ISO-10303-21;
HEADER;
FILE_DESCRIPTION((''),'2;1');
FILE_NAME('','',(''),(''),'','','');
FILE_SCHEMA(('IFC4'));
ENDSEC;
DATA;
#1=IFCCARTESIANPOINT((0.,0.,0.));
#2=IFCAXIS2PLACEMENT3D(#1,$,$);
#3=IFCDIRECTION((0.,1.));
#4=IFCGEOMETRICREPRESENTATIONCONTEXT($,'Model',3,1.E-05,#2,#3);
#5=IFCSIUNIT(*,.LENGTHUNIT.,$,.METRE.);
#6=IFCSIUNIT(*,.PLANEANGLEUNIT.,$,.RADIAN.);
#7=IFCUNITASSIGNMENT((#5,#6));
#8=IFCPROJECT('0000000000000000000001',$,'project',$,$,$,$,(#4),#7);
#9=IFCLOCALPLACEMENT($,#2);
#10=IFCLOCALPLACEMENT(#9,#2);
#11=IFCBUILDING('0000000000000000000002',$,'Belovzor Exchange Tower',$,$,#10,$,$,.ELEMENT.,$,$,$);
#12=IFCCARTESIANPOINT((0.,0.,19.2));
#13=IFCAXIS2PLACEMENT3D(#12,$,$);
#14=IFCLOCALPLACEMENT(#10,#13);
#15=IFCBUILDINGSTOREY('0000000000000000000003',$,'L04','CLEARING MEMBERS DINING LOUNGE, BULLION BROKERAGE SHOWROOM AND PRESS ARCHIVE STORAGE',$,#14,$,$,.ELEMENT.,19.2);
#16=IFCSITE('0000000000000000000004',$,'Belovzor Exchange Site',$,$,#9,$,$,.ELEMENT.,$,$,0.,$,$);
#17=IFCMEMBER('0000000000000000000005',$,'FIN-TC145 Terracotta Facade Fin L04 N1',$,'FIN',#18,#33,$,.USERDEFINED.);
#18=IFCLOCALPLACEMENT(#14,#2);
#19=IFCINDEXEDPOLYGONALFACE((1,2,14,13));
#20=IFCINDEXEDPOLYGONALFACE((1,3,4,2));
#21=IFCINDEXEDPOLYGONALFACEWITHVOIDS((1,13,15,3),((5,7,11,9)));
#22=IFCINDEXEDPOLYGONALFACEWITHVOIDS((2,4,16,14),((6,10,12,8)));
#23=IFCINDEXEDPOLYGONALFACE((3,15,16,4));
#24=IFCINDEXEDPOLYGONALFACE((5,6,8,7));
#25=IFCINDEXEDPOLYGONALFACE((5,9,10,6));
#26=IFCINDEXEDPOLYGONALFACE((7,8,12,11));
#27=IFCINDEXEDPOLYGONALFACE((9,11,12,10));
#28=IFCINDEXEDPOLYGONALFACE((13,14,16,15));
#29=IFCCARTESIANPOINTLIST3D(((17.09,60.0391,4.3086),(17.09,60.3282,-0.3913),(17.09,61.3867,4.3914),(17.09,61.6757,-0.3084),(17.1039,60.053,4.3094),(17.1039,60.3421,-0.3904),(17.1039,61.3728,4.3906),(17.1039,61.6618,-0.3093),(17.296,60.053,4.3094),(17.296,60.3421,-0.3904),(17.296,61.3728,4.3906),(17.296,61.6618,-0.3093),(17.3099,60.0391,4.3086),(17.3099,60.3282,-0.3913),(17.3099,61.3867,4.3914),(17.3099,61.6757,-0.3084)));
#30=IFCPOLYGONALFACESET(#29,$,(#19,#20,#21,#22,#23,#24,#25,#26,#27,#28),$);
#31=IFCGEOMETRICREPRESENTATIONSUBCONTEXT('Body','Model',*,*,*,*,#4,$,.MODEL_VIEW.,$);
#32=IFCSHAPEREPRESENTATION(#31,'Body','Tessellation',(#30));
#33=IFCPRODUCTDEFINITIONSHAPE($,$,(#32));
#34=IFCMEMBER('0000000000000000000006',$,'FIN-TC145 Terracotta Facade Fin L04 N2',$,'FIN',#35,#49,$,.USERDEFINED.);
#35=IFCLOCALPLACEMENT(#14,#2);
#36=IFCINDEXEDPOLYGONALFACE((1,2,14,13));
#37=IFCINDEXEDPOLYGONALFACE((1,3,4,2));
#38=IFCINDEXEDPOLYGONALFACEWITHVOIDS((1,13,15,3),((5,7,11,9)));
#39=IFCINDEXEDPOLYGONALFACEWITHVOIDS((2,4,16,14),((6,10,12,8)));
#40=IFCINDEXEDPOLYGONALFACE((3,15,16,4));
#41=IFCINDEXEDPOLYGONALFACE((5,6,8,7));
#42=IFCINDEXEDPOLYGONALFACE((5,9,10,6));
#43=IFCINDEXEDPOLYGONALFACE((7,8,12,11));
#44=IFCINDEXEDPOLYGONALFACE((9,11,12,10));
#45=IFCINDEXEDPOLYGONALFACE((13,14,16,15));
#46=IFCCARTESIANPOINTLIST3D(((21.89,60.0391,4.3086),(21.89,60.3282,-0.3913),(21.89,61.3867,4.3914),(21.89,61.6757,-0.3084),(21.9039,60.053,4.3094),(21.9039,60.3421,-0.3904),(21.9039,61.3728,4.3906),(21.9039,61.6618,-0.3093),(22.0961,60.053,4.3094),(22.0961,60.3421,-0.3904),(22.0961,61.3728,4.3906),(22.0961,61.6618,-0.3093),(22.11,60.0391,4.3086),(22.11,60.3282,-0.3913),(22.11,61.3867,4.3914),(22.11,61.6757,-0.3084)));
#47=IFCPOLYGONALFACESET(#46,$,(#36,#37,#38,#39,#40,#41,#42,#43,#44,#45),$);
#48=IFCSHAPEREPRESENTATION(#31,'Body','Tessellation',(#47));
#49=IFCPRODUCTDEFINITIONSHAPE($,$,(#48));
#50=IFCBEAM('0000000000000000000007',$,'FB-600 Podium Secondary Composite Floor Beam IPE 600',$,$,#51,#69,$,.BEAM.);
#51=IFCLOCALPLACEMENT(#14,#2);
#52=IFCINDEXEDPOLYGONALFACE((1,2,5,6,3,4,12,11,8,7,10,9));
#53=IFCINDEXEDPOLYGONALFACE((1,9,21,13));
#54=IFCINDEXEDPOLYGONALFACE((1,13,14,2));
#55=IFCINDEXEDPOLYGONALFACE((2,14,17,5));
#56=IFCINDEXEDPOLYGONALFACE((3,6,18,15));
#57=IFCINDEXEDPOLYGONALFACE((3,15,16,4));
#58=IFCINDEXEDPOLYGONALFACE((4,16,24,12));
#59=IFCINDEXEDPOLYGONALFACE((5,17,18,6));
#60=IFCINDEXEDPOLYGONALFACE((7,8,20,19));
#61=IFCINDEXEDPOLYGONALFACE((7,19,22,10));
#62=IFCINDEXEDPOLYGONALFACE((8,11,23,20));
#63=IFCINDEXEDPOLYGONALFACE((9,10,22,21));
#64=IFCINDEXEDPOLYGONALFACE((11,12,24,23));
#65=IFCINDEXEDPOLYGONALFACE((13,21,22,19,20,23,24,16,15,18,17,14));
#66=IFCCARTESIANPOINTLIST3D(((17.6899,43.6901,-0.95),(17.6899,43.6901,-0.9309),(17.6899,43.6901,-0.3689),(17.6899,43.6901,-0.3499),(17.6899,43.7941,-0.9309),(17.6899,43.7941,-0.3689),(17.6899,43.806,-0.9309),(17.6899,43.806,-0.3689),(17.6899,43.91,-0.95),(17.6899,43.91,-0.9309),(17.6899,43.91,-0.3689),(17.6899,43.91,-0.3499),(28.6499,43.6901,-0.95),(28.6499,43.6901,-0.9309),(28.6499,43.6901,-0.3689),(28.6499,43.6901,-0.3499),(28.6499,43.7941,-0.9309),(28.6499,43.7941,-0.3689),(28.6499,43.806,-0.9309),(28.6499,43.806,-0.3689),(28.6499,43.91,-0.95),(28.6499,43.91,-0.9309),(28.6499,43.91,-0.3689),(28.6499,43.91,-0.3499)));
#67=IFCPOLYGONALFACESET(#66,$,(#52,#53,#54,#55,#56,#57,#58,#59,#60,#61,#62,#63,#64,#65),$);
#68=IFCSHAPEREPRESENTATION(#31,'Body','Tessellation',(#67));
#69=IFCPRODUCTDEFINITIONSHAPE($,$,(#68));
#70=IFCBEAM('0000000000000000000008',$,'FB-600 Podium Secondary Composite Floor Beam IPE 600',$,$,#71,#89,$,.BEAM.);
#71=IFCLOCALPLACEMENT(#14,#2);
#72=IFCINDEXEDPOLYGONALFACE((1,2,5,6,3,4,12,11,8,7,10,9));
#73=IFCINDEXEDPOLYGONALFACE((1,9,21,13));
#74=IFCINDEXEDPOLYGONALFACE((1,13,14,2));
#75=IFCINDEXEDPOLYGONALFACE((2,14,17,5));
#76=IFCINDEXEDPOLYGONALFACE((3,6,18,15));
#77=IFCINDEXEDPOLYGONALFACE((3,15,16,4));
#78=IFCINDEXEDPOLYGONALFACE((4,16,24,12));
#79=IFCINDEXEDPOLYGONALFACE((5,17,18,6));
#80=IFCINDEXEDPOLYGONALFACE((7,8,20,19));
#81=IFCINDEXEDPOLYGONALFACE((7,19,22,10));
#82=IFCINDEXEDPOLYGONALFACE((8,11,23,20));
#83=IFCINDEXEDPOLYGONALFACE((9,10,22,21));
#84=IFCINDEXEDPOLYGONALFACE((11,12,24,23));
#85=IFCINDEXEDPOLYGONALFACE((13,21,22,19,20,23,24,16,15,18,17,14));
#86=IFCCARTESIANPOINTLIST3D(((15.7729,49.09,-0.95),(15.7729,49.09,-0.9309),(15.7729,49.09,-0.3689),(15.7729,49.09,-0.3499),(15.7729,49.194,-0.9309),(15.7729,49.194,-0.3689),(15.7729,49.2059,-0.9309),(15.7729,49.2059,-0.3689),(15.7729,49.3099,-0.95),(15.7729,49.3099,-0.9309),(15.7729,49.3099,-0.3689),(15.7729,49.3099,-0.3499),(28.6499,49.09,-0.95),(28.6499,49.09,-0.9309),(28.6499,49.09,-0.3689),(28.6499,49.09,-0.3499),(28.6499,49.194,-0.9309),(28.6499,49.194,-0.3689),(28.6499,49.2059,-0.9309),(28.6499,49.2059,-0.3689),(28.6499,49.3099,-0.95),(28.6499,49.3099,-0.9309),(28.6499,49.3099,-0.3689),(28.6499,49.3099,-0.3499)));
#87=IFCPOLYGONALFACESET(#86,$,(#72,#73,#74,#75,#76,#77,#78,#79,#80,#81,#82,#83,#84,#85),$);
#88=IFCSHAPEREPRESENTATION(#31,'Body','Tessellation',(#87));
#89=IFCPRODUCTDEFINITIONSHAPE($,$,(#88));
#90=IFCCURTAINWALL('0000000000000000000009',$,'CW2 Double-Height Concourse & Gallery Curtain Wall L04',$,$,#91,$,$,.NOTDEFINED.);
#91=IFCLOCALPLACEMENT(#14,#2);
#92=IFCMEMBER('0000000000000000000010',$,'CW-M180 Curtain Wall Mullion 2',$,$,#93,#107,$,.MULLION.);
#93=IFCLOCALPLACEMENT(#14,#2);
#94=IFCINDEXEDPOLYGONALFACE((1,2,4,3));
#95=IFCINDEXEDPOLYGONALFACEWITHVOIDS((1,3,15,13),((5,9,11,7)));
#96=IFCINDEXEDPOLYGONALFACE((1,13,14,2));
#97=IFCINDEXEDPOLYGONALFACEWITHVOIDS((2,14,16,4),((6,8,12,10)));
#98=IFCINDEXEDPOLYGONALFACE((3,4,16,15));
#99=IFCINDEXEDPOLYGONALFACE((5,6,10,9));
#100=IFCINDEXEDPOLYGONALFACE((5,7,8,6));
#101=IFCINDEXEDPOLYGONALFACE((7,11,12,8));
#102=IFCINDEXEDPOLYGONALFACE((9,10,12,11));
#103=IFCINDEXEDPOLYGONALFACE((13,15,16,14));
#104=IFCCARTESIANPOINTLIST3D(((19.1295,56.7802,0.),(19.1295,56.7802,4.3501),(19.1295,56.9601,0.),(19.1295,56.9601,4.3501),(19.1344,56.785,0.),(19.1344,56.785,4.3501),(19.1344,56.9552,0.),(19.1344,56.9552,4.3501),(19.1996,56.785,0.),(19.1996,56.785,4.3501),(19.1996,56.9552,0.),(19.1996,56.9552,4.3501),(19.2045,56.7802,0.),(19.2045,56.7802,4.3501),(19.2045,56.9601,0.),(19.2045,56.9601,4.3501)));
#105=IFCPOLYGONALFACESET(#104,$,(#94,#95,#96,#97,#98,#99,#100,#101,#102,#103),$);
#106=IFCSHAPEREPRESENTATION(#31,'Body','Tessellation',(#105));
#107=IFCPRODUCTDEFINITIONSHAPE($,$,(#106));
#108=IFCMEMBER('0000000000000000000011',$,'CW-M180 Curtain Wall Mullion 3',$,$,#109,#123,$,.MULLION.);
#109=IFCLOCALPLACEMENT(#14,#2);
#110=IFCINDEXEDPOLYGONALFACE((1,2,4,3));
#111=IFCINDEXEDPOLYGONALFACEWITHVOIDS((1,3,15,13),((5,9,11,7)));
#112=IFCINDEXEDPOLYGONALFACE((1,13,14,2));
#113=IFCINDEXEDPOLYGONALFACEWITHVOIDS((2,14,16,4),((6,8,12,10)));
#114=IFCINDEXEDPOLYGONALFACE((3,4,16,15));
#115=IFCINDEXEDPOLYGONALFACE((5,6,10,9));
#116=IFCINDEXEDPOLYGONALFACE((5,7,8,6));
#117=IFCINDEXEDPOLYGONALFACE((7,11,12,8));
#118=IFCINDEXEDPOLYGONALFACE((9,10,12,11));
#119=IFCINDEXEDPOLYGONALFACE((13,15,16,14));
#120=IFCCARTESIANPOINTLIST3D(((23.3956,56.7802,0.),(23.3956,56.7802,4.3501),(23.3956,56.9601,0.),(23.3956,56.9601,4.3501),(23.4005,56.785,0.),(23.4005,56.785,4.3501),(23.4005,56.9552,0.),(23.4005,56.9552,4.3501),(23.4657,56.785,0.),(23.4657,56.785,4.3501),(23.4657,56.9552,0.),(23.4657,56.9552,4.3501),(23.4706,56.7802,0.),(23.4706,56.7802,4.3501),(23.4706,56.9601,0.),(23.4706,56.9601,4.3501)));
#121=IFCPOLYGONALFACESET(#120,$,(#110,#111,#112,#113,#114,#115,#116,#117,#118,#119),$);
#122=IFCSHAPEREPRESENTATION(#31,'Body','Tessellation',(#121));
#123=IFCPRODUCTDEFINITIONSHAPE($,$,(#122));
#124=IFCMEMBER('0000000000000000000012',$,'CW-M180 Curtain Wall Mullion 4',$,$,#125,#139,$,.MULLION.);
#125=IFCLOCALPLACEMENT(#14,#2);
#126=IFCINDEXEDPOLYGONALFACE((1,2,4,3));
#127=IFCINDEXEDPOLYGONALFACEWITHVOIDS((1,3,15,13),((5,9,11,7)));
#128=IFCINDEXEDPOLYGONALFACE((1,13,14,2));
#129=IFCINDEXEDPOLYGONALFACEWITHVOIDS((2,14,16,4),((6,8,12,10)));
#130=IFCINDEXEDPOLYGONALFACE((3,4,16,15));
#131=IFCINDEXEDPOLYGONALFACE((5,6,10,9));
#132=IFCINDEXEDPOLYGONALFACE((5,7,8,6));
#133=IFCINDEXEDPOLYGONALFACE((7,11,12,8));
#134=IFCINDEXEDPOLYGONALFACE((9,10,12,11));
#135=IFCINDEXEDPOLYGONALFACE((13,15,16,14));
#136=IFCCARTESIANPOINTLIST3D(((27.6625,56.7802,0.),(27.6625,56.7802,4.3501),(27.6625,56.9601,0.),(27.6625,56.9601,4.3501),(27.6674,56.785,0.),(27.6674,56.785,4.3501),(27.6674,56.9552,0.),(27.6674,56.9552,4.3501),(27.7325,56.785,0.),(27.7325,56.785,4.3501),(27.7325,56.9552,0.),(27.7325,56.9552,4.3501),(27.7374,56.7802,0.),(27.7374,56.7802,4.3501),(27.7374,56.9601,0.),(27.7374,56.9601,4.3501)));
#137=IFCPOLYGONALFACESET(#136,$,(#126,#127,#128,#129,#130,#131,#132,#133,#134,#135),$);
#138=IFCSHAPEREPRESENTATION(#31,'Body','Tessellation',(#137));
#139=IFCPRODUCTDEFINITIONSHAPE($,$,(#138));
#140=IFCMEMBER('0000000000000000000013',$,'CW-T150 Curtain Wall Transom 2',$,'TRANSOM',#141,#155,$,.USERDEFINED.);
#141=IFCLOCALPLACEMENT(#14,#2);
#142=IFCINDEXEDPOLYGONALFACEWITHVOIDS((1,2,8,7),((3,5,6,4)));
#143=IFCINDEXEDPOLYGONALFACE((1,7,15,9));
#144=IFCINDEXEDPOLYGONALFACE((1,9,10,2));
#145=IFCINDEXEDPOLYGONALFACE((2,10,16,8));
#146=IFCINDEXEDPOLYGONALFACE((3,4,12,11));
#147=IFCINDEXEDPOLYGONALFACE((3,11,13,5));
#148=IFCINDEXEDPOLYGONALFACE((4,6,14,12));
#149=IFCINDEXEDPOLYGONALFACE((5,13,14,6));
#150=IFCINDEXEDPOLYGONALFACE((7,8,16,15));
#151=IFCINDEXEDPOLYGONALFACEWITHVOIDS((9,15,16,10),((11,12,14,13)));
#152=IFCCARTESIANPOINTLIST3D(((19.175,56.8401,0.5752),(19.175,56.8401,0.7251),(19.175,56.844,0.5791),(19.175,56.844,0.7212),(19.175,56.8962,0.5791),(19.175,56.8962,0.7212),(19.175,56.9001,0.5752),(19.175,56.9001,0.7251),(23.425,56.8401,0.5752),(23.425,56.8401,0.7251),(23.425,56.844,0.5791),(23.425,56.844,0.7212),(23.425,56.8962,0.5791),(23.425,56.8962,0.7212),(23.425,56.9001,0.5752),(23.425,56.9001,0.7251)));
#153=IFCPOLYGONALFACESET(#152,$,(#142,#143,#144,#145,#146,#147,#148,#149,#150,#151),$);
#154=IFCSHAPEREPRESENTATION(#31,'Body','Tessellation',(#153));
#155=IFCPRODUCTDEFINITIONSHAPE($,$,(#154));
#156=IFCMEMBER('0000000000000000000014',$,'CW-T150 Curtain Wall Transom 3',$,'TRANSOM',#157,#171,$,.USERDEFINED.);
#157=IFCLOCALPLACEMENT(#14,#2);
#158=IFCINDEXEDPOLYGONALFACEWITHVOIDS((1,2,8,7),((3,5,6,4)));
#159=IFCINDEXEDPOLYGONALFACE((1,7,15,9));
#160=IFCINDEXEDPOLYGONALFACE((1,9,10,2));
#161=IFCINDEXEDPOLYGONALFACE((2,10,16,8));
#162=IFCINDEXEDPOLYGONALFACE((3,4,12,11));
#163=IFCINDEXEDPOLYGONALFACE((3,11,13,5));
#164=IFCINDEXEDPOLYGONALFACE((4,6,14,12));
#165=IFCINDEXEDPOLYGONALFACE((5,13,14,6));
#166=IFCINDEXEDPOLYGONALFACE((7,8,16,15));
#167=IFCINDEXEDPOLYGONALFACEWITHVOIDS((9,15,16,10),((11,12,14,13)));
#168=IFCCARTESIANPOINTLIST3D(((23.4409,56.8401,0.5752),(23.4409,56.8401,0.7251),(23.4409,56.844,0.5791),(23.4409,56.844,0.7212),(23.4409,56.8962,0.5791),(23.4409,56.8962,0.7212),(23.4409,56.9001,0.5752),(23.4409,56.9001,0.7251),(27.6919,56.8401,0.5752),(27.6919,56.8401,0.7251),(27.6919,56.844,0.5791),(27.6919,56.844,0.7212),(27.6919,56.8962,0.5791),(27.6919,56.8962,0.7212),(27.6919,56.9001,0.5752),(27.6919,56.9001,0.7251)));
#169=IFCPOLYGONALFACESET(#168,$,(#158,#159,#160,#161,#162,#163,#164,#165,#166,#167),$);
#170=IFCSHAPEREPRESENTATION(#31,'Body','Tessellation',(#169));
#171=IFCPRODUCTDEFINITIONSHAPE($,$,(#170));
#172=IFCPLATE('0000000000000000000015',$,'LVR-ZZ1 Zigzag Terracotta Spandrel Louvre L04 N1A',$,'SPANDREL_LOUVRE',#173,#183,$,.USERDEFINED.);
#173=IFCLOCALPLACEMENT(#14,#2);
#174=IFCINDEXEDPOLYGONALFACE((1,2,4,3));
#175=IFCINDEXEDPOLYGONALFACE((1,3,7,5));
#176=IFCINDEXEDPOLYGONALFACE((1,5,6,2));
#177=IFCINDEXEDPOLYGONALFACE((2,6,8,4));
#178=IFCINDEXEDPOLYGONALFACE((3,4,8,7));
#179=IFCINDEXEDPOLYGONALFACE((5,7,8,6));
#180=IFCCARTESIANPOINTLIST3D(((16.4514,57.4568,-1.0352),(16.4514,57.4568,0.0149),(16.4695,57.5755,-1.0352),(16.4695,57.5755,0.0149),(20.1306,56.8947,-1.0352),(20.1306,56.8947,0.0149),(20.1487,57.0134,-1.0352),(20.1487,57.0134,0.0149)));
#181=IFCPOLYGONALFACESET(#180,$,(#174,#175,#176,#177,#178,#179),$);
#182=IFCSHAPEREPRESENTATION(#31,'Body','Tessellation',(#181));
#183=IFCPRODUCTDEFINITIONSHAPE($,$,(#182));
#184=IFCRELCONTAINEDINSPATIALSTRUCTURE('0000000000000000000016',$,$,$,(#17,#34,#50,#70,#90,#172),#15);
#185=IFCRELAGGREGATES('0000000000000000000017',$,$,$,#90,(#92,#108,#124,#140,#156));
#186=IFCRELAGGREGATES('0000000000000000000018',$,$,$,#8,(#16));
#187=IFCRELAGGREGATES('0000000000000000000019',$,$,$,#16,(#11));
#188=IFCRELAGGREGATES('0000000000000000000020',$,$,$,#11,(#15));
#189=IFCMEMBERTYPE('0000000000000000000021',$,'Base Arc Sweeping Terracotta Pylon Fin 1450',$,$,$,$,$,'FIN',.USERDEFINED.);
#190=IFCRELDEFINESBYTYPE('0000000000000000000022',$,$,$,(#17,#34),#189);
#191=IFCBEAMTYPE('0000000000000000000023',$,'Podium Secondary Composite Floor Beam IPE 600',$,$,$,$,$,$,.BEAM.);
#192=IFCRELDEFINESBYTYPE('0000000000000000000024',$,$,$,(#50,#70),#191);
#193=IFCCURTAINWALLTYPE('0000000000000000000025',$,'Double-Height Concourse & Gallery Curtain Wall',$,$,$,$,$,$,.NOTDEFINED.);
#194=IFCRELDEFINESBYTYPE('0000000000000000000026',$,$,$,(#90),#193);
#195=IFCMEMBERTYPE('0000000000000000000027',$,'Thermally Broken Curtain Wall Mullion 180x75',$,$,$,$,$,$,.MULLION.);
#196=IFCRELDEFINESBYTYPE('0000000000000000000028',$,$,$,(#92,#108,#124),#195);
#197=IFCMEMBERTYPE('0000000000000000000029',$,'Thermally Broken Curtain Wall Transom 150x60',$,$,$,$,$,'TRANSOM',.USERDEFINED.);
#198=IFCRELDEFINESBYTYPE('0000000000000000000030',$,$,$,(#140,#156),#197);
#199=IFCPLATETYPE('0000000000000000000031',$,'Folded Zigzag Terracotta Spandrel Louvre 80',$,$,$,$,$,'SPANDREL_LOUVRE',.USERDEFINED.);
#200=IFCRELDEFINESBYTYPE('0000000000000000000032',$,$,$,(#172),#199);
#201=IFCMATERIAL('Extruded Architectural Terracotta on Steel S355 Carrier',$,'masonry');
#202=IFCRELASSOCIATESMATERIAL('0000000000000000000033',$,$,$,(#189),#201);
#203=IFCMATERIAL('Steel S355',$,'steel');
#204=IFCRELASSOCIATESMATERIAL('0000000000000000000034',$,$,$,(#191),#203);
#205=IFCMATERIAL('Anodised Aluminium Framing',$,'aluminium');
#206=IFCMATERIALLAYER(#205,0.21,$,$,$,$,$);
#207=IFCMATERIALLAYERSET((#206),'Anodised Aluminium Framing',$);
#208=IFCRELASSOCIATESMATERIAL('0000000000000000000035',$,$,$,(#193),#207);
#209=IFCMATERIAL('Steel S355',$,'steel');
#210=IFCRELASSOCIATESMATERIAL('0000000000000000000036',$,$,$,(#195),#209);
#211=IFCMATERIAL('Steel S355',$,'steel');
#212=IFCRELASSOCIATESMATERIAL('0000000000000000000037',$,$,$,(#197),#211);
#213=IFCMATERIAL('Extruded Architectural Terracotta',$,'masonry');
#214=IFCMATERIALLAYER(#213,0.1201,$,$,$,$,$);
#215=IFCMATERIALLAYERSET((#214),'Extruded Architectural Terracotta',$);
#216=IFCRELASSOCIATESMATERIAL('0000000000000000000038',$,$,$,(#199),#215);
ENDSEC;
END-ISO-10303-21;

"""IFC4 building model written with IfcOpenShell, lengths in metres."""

from ifc_helpers import new_model, si_unit, direction, frame, origin, origin_2d, place, context, subcontext, project, spatial, rectangle, hollow_rectangle, i_section, extrude, material, layer, layer_set, material_profile, profile_set, type_object, element, aggregate, save


model = new_model("IFC4")

# Units and contexts
model_context = context("Model", 3, precision=1e-05, world=origin(), true_north=direction((0.0, 1.0)))
body_context = subcontext(model_context, "Body", "Model", "MODEL_VIEW")
ifc_project = project(units=[si_unit("LENGTHUNIT", "METRE"), si_unit("PLANEANGLEUNIT", "RADIAN")], contexts=[model_context])

# Site, building, storey
site_placement = place(None, origin())
site = spatial("IfcSite", under=ifc_project, at=site_placement, Name="Belovzor Exchange Site", CompositionType="ELEMENT", RefElevation=0.0)
building_placement = place(site_placement, origin())
building = spatial("IfcBuilding", under=site, at=building_placement, Name="Belovzor Exchange Tower", CompositionType="ELEMENT")
storey_placement = place(building_placement, frame((0.0, 0.0, 19.2)))
storey = spatial("IfcBuildingStorey", under=building, at=storey_placement, Name="L04", Description="CLEARING MEMBERS DINING LOUNGE, BULLION BROKERAGE SHOWROOM AND PRESS ARCHIVE STORAGE", CompositionType="ELEMENT", Elevation=19.2)

# Members
ifc_material_1 = material(Name="Extruded Architectural Terracotta on Steel S355 Carrier", Category="masonry")
ifc_material_profile_1 = material_profile(ifc_material_1, hollow_rectangle(XDim=0.22, YDim=1.3501, WallThickness=0.0139, at=origin_2d()))
ifc_profile_set_1 = profile_set([ifc_material_profile_1], Name="Extruded Architectural Terracotta on Steel S355 Carrier")
member_type_1 = type_object("IfcMemberType", Name="Base Arc Sweeping Terracotta Pylon Fin 1450", ElementType="FIN", PredefinedType="USERDEFINED", material=ifc_profile_set_1)
for number, where, z_axis, x_axis, name in (
    (1, (17.2, 61.002, -0.3499), (0.0, -0.061387, 0.998114), (1.0, 0.0, 0.0), "FIN-TC145 Terracotta Facade Fin L04 N1"),
    (2, (22.0, 61.002, -0.3499), (0.0, -0.061387, 0.998114), (1.0, 0.0, 0.0), "FIN-TC145 Terracotta Facade Fin L04 N2"),
):
    element("IfcMember", number, at=place(storey_placement, frame(where, z_axis=z_axis, x_axis=x_axis)), inside=storey, type_object=member_type_1, Name=name, ObjectType="FIN", PredefinedType="USERDEFINED", context=body_context, shape_type="SweptSolid", body=[
        extrude(hollow_rectangle(XDim=0.22, YDim=1.3501, WallThickness=0.0139, at=origin_2d()), origin(), (0.0, 0.0, 1.0), 4.7087),
    ])

# Beams
ifc_material_2 = material(Name="Steel S355", Category="steel")
ifc_material_profile_2 = material_profile(ifc_material_2, i_section(OverallWidth=0.22, OverallDepth=0.6001, WebThickness=0.012, FlangeThickness=0.019, at=origin_2d()))
ifc_profile_set_2 = profile_set([ifc_material_profile_2], Name="Steel S355")
beam_type = type_object("IfcBeamType", Name="Podium Secondary Composite Floor Beam IPE 600", PredefinedType="BEAM", material=ifc_profile_set_2)
beam_1_placement = place(storey_placement, frame((17.6899, 43.8, -0.6499), z_axis=(1.0, 0.0, 0.0), x_axis=(0.0, 1.0, 0.0)))
element("IfcBeam", 3, at=beam_1_placement, inside=storey, type_object=beam_type, Name="FB-600 Podium Secondary Composite Floor Beam IPE 600", PredefinedType="BEAM", context=body_context, shape_type="SweptSolid", body=[
    extrude(i_section(OverallWidth=0.22, OverallDepth=0.6001, WebThickness=0.012, FlangeThickness=0.019, at=origin_2d()), origin(), (0.0, 0.0, 1.0), 10.96),
])
beam_2_placement = place(storey_placement, frame((15.7729, 49.2, -0.6499), z_axis=(1.0, 0.0, 0.0), x_axis=(0.0, 1.0, 0.0)))
element("IfcBeam", 4, at=beam_2_placement, inside=storey, type_object=beam_type, Name="FB-600 Podium Secondary Composite Floor Beam IPE 600", PredefinedType="BEAM", context=body_context, shape_type="SweptSolid", body=[
    extrude(i_section(OverallWidth=0.22, OverallDepth=0.6001, WebThickness=0.012, FlangeThickness=0.019, at=origin_2d()), origin(), (0.0, 0.0, 1.0), 12.877),
])

# Curtain wall, members
ifc_material_3 = material(Name="Anodised Aluminium Framing", Category="aluminium")
ifc_layer_1 = layer(ifc_material_3, 0.21)
ifc_layer_set_1 = layer_set([ifc_layer_1], Name="Anodised Aluminium Framing")
curtain_wall_type = type_object("IfcCurtainWallType", Name="Double-Height Concourse & Gallery Curtain Wall", PredefinedType="NOTDEFINED", material=ifc_layer_set_1)
curtain_wall_placement = place(storey_placement, origin())
curtain_wall = element("IfcCurtainWall", 5, at=curtain_wall_placement, inside=storey, type_object=curtain_wall_type, Name="CW2 Double-Height Concourse & Gallery Curtain Wall L04", PredefinedType="NOTDEFINED")
ifc_material_4 = material(Name="Steel S355", Category="steel")
ifc_material_profile_3 = material_profile(ifc_material_4, hollow_rectangle(XDim=0.075, YDim=0.1799, WallThickness=0.0049, at=origin_2d()))
ifc_profile_set_3 = profile_set([ifc_material_profile_3], Name="Steel S355")
member_type_2 = type_object("IfcMemberType", Name="Thermally Broken Curtain Wall Mullion 180x75", PredefinedType="MULLION", material=ifc_profile_set_3)
member_1_placement = place(storey_placement, frame((19.167, 56.8701, 0.0), z_axis=(0.0, 0.0, 1.0), x_axis=(1.0, 0.0, 0.0)))
member_1 = element("IfcMember", 6, at=member_1_placement, type_object=member_type_2, Name="CW-M180 Curtain Wall Mullion 2", PredefinedType="MULLION", context=body_context, shape_type="SweptSolid", body=[
    extrude(hollow_rectangle(XDim=0.075, YDim=0.1799, WallThickness=0.0049, at=origin_2d()), origin(), (0.0, 0.0, 1.0), 4.3501),
])
member_2_placement = place(storey_placement, frame((23.4331, 56.8701, 0.0), z_axis=(0.0, 0.0, 1.0), x_axis=(1.0, 0.0, 0.0)))
member_2 = element("IfcMember", 7, at=member_2_placement, type_object=member_type_2, Name="CW-M180 Curtain Wall Mullion 3", PredefinedType="MULLION", context=body_context, shape_type="SweptSolid", body=[
    extrude(hollow_rectangle(XDim=0.075, YDim=0.1799, WallThickness=0.0049, at=origin_2d()), origin(), (0.0, 0.0, 1.0), 4.3501),
])
member_3_placement = place(storey_placement, frame((27.7, 56.8701, 0.0), z_axis=(0.0, 0.0, 1.0), x_axis=(1.0, 0.0, 0.0)))
member_3 = element("IfcMember", 8, at=member_3_placement, type_object=member_type_2, Name="CW-M180 Curtain Wall Mullion 4", PredefinedType="MULLION", context=body_context, shape_type="SweptSolid", body=[
    extrude(hollow_rectangle(XDim=0.075, YDim=0.1799, WallThickness=0.0049, at=origin_2d()), origin(), (0.0, 0.0, 1.0), 4.3501),
])
ifc_material_5 = material(Name="Steel S355", Category="steel")
ifc_material_profile_4 = material_profile(ifc_material_5, hollow_rectangle(XDim=0.0601, YDim=0.1499, WallThickness=0.0039, at=origin_2d()))
ifc_profile_set_4 = profile_set([ifc_material_profile_4], Name="Steel S355")
member_type_3 = type_object("IfcMemberType", Name="Thermally Broken Curtain Wall Transom 150x60", ElementType="TRANSOM", PredefinedType="USERDEFINED", material=ifc_profile_set_4)
member_4_placement = place(storey_placement, frame((19.175, 56.8701, 0.6501), z_axis=(1.0, 0.0, 0.0), x_axis=(0.0, 1.0, 0.0)))
member_4 = element("IfcMember", 9, at=member_4_placement, type_object=member_type_3, Name="CW-T150 Curtain Wall Transom 2", ObjectType="TRANSOM", PredefinedType="USERDEFINED", context=body_context, shape_type="SweptSolid", body=[
    extrude(hollow_rectangle(XDim=0.0601, YDim=0.1499, WallThickness=0.0039, at=origin_2d()), origin(), (0.0, 0.0, 1.0), 4.25),
])
member_5_placement = place(storey_placement, frame((23.4409, 56.8701, 0.6501), z_axis=(1.0, 0.0, 0.0), x_axis=(0.0, 1.0, 0.0)))
member_5 = element("IfcMember", 10, at=member_5_placement, type_object=member_type_3, Name="CW-T150 Curtain Wall Transom 3", ObjectType="TRANSOM", PredefinedType="USERDEFINED", context=body_context, shape_type="SweptSolid", body=[
    extrude(hollow_rectangle(XDim=0.0601, YDim=0.1499, WallThickness=0.0039, at=origin_2d()), origin(), (0.0, 0.0, 1.0), 4.251),
])

# Plate
ifc_material_6 = material(Name="Extruded Architectural Terracotta", Category="masonry")
ifc_layer_2 = layer(ifc_material_6, 0.1201)
ifc_layer_set_2 = layer_set([ifc_layer_2], Name="Extruded Architectural Terracotta")
plate_type_1 = type_object("IfcPlateType", Name="Folded Zigzag Terracotta Spandrel Louvre 80", ElementType="SPANDREL_LOUVRE", PredefinedType="USERDEFINED", material=ifc_layer_set_2)
for number, where, z_axis, x_axis, name in (
    (11, (18.3, 57.2351, -1.0352), (0.0, 0.0, 1.0), (0.988531, -0.151019, 0.0), "LVR-ZZ1 Zigzag Terracotta Spandrel Louvre L04 N1A"),
):
    element("IfcPlate", number, at=place(storey_placement, frame(where, z_axis=z_axis, x_axis=x_axis)), inside=storey, type_object=plate_type_1, Name=name, ObjectType="SPANDREL_LOUVRE", PredefinedType="USERDEFINED", context=body_context, shape_type="SweptSolid", body=[
        extrude(rectangle(XDim=3.7219, YDim=0.1201, at=origin_2d()), origin(), (0.0, 0.0, 1.0), 1.05),
    ])

aggregate(curtain_wall, [member_1, member_2, member_3, member_4, member_5])

save(model, "model.ifc")
